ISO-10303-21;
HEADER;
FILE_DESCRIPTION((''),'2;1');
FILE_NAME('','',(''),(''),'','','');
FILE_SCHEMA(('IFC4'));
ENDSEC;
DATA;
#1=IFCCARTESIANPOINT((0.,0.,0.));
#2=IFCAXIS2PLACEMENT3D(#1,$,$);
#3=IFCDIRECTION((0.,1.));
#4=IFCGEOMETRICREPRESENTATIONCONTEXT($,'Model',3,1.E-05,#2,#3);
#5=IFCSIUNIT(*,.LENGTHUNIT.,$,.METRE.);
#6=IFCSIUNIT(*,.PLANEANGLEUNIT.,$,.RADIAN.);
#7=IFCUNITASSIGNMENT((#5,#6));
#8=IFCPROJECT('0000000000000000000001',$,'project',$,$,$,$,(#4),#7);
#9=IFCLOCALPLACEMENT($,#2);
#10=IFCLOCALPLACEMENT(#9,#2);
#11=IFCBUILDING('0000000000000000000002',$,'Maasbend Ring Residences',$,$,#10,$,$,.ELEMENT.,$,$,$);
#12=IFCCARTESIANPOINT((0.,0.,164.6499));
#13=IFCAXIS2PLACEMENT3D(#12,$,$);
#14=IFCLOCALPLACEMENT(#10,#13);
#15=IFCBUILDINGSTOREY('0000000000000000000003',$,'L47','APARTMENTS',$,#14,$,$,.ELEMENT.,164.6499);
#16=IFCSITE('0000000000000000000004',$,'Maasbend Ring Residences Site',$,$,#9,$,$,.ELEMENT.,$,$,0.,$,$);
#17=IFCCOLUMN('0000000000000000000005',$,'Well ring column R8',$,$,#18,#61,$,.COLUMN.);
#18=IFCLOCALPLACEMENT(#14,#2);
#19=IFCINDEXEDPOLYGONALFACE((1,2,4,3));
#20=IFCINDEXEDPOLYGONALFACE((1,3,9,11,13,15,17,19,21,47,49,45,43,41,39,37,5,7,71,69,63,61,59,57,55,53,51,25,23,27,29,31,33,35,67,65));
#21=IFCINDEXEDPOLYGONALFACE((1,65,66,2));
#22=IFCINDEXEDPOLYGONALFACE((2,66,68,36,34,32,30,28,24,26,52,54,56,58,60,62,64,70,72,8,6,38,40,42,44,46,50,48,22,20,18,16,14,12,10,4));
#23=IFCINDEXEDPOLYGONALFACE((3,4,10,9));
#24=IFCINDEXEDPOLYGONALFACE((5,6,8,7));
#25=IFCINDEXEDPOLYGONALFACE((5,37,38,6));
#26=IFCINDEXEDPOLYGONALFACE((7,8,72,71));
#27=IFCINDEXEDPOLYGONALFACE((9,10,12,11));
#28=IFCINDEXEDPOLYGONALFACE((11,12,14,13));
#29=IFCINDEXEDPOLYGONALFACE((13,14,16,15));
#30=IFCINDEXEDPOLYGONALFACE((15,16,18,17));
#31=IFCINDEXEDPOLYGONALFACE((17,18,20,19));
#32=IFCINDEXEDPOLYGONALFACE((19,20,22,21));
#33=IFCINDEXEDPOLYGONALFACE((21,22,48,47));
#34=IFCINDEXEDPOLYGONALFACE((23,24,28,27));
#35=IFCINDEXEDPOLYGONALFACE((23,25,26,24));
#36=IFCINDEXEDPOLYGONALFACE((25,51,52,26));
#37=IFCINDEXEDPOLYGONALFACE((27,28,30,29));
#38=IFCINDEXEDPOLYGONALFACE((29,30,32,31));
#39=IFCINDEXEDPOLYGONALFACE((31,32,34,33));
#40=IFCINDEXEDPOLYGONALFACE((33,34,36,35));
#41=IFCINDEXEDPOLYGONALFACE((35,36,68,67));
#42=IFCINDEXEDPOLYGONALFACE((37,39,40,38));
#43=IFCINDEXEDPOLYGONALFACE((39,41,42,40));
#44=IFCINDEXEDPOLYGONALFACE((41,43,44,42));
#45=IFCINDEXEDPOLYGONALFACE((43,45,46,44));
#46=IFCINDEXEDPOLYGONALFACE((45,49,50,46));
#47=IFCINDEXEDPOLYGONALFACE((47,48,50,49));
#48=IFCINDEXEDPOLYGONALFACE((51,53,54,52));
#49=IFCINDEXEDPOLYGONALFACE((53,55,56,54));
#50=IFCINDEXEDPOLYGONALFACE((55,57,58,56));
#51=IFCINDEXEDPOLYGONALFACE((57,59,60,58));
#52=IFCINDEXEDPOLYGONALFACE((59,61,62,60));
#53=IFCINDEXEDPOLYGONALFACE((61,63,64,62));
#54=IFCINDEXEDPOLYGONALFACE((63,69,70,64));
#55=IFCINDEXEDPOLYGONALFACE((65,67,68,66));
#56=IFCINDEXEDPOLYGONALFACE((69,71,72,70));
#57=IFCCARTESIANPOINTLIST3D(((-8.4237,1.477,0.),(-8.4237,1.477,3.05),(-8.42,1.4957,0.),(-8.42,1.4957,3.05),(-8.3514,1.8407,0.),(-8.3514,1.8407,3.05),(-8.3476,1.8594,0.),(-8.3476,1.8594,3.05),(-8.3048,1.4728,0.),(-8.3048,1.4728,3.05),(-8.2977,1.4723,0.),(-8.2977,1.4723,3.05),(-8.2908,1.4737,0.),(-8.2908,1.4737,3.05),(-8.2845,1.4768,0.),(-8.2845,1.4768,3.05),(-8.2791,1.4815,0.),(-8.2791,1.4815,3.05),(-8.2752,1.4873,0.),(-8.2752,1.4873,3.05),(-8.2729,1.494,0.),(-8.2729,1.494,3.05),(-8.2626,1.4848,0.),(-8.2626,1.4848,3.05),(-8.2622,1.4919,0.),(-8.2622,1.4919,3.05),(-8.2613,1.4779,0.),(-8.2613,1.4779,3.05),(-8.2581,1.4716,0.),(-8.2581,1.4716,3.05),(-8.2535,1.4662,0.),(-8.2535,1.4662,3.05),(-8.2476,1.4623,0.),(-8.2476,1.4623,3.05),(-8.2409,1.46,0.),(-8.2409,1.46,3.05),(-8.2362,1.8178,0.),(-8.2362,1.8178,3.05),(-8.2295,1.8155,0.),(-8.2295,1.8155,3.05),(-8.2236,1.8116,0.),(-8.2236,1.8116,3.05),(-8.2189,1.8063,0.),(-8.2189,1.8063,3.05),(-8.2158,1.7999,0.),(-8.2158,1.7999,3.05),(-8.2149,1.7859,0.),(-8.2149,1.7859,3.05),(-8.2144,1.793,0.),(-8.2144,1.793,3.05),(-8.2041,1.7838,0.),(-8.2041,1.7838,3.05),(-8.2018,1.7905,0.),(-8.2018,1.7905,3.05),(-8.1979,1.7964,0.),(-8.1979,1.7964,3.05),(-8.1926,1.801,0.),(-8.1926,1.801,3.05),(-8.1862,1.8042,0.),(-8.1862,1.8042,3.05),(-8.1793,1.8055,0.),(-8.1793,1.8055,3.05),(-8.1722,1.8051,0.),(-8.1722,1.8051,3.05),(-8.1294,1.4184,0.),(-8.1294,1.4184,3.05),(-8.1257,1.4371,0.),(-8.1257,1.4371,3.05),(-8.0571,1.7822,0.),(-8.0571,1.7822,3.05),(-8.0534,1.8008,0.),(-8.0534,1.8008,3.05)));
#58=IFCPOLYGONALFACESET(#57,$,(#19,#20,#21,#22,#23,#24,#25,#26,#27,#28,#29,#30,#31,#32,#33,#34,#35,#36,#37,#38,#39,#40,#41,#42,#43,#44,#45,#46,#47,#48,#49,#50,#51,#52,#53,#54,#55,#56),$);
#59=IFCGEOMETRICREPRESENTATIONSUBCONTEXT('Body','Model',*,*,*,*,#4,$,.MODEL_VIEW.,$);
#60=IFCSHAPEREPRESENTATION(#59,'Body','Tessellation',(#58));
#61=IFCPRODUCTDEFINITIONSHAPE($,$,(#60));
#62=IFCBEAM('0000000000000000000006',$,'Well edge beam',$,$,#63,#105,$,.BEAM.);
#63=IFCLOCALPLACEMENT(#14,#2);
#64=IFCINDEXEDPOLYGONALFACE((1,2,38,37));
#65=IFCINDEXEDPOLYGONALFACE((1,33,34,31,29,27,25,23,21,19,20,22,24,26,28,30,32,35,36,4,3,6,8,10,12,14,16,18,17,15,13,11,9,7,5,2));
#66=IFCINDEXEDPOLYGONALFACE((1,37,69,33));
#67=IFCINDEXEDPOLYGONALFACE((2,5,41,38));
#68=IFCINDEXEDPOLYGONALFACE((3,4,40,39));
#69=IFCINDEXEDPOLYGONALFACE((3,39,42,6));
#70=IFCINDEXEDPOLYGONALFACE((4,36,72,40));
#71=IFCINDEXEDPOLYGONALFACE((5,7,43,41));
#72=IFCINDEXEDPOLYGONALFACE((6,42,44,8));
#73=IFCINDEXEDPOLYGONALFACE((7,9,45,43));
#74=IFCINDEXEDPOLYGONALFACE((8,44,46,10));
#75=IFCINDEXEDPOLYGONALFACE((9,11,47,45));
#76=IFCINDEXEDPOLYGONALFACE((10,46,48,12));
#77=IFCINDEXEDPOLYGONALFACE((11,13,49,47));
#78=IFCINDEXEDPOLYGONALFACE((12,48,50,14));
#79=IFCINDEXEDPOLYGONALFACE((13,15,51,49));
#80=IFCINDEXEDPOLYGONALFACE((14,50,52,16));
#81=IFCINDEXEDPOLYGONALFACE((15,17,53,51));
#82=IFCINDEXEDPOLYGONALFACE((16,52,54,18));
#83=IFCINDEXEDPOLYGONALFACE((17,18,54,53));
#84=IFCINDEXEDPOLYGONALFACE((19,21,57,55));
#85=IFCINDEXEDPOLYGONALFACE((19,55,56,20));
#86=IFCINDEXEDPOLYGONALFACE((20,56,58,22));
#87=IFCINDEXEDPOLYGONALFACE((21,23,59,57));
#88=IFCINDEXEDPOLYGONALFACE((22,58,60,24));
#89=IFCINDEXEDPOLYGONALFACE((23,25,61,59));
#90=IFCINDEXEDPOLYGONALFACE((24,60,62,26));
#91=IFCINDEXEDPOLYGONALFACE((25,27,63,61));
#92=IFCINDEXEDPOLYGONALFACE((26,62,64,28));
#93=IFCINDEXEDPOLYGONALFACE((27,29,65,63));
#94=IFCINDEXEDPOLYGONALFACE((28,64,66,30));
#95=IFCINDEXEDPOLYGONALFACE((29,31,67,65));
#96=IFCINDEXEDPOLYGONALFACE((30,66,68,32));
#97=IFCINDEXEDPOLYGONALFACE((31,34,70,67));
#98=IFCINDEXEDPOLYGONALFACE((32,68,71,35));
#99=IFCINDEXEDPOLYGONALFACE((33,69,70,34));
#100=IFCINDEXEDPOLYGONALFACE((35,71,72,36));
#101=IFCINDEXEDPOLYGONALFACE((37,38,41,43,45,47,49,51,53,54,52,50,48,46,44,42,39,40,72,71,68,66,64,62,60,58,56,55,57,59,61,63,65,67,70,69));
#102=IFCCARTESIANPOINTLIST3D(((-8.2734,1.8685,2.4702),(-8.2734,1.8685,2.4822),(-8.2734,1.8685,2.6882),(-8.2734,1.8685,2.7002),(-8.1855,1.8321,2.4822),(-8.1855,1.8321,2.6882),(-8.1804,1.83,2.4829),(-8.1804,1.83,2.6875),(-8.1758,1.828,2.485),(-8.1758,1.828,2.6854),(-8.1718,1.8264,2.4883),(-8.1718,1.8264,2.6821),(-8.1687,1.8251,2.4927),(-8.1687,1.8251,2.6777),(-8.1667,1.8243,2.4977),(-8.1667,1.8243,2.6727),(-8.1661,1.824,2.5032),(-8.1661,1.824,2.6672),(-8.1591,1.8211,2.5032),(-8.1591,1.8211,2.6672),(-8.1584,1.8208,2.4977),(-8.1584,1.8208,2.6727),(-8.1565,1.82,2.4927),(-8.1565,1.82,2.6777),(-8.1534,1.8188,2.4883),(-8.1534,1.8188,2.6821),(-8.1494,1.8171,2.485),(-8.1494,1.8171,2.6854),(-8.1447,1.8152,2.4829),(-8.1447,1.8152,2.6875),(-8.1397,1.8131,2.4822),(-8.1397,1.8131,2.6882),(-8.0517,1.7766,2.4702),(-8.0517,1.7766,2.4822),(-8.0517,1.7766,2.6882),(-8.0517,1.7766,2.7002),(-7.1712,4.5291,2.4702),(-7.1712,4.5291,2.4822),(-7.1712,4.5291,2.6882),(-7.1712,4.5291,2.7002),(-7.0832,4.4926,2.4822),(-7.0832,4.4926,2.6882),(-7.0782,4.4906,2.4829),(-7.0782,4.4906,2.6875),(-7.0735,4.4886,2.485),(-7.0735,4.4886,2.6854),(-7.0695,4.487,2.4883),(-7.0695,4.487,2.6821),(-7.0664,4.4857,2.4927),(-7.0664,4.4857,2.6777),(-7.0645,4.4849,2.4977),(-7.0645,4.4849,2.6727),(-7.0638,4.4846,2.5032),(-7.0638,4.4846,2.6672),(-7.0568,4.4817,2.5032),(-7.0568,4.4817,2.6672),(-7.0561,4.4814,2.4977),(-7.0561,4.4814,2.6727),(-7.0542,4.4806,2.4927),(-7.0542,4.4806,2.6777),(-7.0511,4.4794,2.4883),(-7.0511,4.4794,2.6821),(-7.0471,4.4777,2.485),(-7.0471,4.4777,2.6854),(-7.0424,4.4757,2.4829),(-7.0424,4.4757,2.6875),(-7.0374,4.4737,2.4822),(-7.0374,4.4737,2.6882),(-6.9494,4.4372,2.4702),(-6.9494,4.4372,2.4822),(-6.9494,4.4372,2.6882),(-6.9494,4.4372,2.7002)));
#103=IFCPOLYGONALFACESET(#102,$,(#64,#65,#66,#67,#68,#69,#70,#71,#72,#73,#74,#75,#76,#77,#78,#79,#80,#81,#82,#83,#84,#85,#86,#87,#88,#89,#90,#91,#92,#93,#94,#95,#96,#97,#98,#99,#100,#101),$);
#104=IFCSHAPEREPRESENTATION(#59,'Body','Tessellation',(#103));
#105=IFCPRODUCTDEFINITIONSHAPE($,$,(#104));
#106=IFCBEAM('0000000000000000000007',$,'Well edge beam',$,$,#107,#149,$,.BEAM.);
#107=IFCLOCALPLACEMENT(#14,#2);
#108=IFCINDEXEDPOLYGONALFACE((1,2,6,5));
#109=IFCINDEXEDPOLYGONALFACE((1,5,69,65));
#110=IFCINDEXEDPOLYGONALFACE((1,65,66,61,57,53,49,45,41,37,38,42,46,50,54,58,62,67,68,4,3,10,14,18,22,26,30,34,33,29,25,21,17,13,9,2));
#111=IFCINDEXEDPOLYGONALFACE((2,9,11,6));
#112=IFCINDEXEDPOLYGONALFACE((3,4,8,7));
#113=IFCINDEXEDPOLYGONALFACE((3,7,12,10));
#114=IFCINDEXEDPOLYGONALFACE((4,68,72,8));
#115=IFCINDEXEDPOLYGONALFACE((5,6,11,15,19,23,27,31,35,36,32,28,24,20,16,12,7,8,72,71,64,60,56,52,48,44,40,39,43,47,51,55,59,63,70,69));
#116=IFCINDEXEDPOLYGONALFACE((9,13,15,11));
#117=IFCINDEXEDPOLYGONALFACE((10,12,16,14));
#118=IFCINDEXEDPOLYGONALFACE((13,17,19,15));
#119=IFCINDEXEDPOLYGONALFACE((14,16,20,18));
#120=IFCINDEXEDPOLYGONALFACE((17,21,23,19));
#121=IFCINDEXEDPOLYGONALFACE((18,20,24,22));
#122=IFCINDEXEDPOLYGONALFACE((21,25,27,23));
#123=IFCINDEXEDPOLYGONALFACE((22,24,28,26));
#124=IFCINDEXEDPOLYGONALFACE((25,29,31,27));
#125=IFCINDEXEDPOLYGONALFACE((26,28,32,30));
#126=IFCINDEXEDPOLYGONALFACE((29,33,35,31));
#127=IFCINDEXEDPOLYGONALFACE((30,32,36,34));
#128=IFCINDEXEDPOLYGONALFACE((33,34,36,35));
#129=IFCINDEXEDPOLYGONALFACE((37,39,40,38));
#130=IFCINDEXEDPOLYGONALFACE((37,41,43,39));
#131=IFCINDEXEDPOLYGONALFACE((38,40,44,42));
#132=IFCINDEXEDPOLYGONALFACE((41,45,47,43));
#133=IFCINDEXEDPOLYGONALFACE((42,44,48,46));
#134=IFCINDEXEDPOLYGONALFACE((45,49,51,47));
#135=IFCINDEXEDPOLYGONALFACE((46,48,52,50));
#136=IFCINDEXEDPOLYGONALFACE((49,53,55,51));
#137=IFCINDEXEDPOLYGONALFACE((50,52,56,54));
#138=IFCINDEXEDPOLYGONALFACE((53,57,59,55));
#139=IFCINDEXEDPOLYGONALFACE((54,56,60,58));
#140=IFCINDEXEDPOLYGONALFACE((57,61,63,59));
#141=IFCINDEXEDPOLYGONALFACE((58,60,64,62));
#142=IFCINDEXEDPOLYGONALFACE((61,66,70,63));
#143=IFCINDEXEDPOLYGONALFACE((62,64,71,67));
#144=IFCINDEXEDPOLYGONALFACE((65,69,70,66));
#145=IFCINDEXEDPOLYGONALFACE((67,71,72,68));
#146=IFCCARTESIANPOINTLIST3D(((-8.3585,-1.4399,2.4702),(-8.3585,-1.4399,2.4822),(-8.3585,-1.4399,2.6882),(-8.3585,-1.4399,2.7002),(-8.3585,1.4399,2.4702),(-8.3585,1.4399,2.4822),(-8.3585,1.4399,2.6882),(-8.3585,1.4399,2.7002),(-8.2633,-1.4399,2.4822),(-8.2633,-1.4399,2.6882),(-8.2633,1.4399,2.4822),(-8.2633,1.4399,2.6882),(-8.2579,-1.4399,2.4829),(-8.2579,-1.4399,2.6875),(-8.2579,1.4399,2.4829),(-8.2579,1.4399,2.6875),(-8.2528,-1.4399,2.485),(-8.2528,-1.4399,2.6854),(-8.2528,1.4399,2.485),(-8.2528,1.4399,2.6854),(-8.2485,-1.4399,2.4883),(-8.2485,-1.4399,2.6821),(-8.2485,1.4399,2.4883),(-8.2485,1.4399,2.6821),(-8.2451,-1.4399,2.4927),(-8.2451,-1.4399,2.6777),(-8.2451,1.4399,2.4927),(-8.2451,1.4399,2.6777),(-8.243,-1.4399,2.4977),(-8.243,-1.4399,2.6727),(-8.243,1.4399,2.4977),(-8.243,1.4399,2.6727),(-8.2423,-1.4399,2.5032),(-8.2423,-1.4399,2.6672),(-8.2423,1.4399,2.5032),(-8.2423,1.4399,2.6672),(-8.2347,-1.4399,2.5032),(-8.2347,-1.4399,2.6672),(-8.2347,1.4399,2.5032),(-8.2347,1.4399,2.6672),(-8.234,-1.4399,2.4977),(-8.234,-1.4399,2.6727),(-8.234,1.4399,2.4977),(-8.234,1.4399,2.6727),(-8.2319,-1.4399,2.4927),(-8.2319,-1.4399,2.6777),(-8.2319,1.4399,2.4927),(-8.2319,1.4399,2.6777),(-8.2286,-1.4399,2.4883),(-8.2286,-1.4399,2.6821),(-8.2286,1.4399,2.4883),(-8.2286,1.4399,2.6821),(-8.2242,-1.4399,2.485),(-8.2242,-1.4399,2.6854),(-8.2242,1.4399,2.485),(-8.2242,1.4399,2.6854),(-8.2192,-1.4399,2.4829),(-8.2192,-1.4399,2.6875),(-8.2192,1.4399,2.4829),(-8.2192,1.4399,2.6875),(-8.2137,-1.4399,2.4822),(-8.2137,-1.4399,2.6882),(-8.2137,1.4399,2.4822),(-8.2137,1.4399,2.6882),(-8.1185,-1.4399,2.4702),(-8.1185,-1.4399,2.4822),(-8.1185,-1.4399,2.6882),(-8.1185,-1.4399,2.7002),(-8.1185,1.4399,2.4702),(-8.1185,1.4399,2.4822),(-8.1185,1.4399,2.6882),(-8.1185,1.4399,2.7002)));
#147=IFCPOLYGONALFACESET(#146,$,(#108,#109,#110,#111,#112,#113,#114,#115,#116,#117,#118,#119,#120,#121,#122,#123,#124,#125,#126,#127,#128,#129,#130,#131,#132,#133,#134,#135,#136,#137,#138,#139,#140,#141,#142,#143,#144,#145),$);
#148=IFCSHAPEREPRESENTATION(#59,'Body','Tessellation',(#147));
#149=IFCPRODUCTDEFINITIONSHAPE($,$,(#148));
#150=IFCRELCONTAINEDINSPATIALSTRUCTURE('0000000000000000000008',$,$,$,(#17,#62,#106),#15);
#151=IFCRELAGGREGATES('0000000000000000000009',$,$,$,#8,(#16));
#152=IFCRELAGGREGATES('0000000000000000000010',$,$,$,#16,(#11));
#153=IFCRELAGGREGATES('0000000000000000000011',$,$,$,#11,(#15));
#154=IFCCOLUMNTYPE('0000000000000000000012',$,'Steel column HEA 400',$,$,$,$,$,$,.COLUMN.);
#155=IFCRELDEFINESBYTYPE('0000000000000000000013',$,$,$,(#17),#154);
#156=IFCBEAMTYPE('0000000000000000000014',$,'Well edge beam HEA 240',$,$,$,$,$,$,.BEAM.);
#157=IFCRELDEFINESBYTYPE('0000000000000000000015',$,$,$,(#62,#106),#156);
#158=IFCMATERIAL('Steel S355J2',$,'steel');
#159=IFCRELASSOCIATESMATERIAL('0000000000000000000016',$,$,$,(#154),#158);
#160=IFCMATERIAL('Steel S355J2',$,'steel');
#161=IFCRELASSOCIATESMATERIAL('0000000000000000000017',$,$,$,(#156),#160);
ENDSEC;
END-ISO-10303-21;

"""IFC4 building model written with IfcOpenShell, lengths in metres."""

from ifc_helpers import new_model, si_unit, direction, frame, origin, origin_2d, place, context, subcontext, project, spatial, i_section, extrude, material, material_profile, profile_set, type_object, element, save


model = new_model("IFC4")

# Units and contexts
model_context = context("Model", 3, precision=1e-05, world=origin(), true_north=direction((0.0, 1.0)))
body_context = subcontext(model_context, "Body", "Model", "MODEL_VIEW")
ifc_project = project(units=[si_unit("LENGTHUNIT", "METRE"), si_unit("PLANEANGLEUNIT", "RADIAN")], contexts=[model_context])

# Site, building, storey
site_placement = place(None, origin())
site = spatial("IfcSite", under=ifc_project, at=site_placement, Name="Maasbend Ring Residences Site", CompositionType="ELEMENT", RefElevation=0.0)
building_placement = place(site_placement, origin())
building = spatial("IfcBuilding", under=site, at=building_placement, Name="Maasbend Ring Residences", CompositionType="ELEMENT")
storey_placement = place(building_placement, frame((0.0, 0.0, 164.6499)))
storey = spatial("IfcBuildingStorey", under=building, at=storey_placement, Name="L47", Description="APARTMENTS", CompositionType="ELEMENT", Elevation=164.6499)

# Column
ifc_material_1 = material(Name="Steel S355J2", Category="steel")
ifc_material_profile_1 = material_profile(ifc_material_1, i_section(OverallWidth=0.3, OverallDepth=0.3899, WebThickness=0.011, FlangeThickness=0.019, FilletRadius=0.0271, at=origin_2d()), Name="HEA 400")
ifc_profile_set_1 = profile_set([ifc_material_profile_1], Name="Steel S355J2")
column_type = type_object("IfcColumnType", Name="Steel column HEA 400", PredefinedType="COLUMN", material=ifc_profile_set_1)
column_placement = place(storey_placement, frame((-8.2385, 1.6389, 0.0), z_axis=(0.0, 0.0, 1.0), x_axis=(-0.980785, 0.19509, 0.0)))
element("IfcColumn", 1, at=column_placement, inside=storey, type_object=column_type, Name="Well ring column R8", PredefinedType="COLUMN", context=body_context, shape_type="SweptSolid", body=[
    extrude(i_section(OverallWidth=0.3, OverallDepth=0.3899, WebThickness=0.011, FlangeThickness=0.019, FilletRadius=0.0271, at=origin_2d()), origin(), (0.0, 0.0, 1.0), 3.05),
])

# Beams
ifc_material_2 = material(Name="Steel S355J2", Category="steel")
ifc_material_profile_2 = material_profile(ifc_material_2, i_section(OverallWidth=0.24, OverallDepth=0.23, WebThickness=0.0076, FlangeThickness=0.012, FilletRadius=0.021, at=origin_2d()), Name="HEA 240")
ifc_profile_set_2 = profile_set([ifc_material_profile_2], Name="Steel S355J2")
beam_type = type_object("IfcBeamType", Name="Well edge beam HEA 240", PredefinedType="BEAM", material=ifc_profile_set_2)
for number, where, z_axis, x_axis, name in (
    (2, (-7.0603, 4.4832, 2.5852), (-0.382749, -0.923853, 0.0), (0.923853, -0.382749, 0.0), "Well edge beam"),
    (3, (-8.2385, 1.4399, 2.5852), (0.0, -1.0, 0.0), (1.0, 0.0, 0.0), "Well edge beam"),
):
    element("IfcBeam", number, at=place(storey_placement, frame(where, z_axis=z_axis, x_axis=x_axis)), inside=storey, type_object=beam_type, Name=name, PredefinedType="BEAM", context=body_context, shape_type="SweptSolid", body=[
        extrude(i_section(OverallWidth=0.24, OverallDepth=0.23, WebThickness=0.0076, FlangeThickness=0.012, FilletRadius=0.021, at=origin_2d()), origin(), (0.0, 0.0, 1.0), 2.8799),
    ])

save(model, "model.ifc")
